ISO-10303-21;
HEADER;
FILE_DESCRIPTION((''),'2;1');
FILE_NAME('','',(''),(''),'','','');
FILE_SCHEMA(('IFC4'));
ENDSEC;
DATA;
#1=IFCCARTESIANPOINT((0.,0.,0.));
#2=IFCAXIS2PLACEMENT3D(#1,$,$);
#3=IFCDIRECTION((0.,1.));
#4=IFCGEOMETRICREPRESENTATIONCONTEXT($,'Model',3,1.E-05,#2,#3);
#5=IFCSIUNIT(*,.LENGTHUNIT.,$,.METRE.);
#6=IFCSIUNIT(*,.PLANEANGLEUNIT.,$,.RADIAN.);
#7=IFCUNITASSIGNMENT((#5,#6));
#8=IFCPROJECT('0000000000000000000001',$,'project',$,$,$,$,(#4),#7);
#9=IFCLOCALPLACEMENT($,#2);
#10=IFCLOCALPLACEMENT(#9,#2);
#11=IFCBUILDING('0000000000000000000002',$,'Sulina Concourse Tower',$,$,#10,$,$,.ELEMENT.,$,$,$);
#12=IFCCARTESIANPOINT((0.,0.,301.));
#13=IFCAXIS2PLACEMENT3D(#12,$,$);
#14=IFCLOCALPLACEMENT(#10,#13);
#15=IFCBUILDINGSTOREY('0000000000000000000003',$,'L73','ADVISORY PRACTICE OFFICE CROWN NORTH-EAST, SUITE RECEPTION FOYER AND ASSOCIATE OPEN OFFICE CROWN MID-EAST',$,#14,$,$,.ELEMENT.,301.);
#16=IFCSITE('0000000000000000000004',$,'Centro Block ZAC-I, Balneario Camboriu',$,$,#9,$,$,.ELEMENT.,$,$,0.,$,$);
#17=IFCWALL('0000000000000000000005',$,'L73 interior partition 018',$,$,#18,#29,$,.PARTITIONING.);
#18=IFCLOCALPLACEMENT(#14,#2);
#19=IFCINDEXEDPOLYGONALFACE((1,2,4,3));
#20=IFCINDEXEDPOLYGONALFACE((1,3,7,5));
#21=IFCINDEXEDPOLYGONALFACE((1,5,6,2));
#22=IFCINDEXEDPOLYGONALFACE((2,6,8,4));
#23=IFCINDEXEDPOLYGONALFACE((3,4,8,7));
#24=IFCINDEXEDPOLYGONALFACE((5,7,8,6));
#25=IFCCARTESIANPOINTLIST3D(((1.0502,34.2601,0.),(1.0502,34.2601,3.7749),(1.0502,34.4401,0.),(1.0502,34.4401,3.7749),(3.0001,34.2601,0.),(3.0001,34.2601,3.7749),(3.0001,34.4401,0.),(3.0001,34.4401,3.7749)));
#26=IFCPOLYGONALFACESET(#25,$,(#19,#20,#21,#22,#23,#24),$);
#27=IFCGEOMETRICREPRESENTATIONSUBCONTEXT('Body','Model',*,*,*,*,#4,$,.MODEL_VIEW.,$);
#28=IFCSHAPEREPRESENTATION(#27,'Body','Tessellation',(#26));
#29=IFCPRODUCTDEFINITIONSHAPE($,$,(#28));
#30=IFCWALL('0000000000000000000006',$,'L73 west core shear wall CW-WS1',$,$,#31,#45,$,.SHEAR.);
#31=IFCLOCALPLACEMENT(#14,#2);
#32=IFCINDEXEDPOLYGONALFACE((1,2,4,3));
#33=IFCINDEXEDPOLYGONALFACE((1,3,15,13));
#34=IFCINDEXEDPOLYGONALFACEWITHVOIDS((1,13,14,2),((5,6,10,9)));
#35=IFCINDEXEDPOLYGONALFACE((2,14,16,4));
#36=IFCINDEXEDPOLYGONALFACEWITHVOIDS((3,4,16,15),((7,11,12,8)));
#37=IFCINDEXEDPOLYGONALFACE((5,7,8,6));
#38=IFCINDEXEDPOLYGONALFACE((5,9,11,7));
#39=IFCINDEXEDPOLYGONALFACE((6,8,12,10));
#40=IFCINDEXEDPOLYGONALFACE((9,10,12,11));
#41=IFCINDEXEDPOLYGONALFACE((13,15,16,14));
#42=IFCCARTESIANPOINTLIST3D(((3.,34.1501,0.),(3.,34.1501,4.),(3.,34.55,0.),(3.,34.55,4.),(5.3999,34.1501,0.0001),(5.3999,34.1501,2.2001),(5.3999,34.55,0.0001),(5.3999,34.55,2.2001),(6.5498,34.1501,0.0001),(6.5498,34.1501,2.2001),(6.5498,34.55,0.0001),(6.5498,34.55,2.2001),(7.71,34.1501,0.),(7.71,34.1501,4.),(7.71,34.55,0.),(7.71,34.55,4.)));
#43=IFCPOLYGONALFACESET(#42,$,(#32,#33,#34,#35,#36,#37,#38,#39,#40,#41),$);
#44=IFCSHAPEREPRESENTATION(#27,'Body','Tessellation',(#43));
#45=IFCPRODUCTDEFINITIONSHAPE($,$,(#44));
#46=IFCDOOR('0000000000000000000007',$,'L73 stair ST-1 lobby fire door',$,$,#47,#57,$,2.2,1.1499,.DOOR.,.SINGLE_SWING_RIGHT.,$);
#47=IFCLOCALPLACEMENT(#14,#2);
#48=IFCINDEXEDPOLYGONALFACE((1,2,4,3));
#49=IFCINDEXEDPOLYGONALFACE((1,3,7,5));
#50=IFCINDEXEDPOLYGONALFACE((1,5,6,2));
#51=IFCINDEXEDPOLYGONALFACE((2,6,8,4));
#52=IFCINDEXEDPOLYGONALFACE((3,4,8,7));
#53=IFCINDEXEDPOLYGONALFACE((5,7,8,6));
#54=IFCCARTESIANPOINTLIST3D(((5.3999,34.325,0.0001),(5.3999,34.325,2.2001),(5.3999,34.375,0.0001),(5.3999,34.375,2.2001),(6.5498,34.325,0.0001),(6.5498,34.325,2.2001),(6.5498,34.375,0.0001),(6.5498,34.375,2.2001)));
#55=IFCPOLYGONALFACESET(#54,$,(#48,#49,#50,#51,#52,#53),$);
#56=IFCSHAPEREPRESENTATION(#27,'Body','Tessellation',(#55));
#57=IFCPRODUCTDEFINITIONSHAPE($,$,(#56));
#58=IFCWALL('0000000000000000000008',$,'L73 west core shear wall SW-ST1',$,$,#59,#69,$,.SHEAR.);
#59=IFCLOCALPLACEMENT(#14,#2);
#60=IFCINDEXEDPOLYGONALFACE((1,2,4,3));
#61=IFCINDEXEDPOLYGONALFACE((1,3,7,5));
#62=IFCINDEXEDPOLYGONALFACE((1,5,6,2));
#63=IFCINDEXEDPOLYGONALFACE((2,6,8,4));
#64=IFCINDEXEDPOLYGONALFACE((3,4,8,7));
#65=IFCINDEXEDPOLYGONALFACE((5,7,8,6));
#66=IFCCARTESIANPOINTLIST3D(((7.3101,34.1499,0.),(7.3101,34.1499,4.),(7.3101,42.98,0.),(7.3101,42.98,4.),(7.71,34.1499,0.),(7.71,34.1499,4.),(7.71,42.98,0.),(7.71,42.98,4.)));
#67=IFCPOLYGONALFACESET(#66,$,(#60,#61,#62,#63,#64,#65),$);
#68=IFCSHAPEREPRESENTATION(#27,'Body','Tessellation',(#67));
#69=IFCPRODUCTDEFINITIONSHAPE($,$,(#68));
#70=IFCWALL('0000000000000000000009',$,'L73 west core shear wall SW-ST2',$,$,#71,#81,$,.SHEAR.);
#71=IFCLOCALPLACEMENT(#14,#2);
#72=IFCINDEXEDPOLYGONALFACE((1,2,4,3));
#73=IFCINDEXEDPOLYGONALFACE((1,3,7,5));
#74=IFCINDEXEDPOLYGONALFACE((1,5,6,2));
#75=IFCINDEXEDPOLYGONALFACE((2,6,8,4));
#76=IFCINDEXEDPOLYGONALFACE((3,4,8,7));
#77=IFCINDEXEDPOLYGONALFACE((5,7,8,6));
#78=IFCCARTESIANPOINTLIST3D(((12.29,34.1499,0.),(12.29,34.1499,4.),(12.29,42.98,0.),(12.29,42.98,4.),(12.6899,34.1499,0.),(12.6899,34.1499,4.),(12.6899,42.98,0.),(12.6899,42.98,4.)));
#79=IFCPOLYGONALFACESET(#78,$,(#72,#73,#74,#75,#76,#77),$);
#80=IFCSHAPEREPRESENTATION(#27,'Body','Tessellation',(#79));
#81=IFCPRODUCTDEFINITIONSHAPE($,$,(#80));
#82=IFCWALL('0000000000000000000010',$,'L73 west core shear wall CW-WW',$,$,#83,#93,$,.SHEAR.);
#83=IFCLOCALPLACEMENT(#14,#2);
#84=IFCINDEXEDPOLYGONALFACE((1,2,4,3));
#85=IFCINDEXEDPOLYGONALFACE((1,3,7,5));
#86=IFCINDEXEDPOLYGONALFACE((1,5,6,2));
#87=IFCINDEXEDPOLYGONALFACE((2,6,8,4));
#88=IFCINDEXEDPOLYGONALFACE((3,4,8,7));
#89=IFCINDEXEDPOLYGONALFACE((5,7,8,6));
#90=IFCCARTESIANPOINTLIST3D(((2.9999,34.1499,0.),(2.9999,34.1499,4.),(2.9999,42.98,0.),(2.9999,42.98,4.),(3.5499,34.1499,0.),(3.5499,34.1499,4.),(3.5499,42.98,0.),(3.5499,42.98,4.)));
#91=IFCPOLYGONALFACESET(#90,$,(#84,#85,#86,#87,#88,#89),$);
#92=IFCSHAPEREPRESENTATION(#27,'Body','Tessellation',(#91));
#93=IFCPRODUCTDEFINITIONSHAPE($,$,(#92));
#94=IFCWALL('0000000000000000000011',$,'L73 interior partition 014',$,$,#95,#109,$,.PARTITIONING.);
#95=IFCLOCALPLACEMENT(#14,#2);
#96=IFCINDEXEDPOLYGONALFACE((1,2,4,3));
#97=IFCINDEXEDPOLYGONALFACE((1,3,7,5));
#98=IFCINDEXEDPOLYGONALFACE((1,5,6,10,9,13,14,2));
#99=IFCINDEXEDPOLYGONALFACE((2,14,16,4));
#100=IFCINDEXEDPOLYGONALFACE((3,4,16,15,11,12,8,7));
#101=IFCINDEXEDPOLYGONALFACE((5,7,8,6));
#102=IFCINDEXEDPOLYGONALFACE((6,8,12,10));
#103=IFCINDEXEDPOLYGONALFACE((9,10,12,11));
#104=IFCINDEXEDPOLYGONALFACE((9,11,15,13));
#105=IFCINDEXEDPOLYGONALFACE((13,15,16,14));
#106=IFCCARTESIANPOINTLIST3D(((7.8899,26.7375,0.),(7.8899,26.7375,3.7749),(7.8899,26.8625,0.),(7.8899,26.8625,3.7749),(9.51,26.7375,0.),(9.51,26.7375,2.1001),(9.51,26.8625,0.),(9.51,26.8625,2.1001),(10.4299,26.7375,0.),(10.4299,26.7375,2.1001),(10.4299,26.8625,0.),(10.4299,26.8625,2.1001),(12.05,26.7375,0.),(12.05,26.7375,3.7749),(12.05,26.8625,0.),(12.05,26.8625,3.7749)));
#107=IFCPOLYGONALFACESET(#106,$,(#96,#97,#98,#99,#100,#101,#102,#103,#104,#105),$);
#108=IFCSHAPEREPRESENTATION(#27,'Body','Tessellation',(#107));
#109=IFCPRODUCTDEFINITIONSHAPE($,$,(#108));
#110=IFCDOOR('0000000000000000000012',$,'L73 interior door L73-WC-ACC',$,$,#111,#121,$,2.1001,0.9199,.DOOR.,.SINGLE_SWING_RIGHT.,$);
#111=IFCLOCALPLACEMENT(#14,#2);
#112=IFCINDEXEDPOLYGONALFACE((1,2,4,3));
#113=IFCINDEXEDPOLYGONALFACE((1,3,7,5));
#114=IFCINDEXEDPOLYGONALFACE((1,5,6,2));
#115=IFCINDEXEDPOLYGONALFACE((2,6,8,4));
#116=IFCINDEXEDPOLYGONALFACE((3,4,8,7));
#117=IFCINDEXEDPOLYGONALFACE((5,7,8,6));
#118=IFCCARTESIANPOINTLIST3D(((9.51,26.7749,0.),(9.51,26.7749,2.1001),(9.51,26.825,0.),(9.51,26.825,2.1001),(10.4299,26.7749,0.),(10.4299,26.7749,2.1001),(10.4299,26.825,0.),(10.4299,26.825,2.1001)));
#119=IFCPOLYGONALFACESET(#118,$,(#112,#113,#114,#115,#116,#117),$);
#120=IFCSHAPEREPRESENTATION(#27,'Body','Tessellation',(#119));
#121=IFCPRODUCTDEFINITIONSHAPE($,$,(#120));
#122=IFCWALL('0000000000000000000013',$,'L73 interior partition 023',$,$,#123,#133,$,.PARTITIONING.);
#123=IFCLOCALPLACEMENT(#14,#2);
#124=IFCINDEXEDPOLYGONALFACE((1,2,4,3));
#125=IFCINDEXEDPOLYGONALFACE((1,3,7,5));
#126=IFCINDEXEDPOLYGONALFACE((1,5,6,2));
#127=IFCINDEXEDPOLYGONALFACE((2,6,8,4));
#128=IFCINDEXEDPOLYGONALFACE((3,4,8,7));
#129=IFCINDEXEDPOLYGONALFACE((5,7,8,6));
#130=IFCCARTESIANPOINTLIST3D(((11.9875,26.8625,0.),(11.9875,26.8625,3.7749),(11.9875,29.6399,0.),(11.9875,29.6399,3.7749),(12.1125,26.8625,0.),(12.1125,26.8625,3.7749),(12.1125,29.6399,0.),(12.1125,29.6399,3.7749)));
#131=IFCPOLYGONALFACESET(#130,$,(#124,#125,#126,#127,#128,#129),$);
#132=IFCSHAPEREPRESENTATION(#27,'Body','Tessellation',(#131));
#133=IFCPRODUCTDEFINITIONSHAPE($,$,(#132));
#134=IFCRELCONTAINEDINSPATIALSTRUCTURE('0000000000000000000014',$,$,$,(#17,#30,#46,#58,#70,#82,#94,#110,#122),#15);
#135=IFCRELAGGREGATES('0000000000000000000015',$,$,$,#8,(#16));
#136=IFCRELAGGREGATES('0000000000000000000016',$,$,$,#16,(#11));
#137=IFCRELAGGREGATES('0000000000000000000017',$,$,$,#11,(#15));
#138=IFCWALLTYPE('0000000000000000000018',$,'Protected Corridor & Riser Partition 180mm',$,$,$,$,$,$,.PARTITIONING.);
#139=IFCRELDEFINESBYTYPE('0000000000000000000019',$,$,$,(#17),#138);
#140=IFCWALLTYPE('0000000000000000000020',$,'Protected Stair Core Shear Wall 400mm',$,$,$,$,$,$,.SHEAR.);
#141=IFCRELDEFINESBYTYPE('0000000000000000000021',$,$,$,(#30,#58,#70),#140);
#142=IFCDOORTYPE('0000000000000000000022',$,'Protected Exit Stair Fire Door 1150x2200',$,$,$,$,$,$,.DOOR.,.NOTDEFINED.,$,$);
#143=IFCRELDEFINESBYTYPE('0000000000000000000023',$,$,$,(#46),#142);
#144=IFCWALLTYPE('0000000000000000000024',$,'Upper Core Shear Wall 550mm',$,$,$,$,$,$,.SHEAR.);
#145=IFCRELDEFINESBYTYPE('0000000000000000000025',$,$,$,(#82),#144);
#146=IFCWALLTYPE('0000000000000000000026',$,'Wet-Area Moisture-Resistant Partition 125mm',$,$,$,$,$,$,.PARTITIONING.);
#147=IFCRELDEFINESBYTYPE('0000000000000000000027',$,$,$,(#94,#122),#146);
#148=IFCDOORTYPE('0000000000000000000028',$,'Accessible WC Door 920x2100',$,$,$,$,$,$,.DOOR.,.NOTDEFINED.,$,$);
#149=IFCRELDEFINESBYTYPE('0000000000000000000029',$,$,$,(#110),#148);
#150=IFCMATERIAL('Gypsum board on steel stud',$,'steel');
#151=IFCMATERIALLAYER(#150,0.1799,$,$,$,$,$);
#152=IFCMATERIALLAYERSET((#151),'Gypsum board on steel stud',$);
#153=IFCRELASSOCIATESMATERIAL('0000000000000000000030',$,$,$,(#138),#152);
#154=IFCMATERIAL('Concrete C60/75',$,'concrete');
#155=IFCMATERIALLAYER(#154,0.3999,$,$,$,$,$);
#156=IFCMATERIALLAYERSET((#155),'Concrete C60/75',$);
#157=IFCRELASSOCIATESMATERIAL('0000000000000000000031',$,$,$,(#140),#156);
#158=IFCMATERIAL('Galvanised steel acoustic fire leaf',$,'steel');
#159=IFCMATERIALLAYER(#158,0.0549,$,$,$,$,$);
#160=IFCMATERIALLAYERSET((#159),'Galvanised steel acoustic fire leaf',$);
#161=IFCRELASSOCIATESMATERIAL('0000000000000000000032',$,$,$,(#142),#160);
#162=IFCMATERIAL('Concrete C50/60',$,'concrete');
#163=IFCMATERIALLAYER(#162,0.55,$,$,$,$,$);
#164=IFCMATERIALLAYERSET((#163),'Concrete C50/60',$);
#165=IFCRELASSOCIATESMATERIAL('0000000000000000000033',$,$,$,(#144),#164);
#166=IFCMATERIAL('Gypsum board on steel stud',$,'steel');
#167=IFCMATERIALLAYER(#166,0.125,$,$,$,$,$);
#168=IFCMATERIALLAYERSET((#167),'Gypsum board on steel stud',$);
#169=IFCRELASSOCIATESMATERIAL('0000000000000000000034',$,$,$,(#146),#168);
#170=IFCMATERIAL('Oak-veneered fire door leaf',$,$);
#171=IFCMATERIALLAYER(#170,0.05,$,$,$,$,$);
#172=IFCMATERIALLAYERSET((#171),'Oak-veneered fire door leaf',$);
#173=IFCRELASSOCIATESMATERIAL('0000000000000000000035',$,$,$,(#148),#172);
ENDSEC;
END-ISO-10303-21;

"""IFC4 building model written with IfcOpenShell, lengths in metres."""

from ifc_helpers import new_model, si_unit, direction, frame, frame_2d, origin, place, context, subcontext, project, spatial, rectangle, extrude, material, layer, layer_set, type_object, element, fill, save


model = new_model("IFC4")

# Units and contexts
model_context = context("Model", 3, precision=1e-05, world=origin(), true_north=direction((0.0, 1.0)))
body_context = subcontext(model_context, "Body", "Model", "MODEL_VIEW")
ifc_project = project(units=[si_unit("LENGTHUNIT", "METRE"), si_unit("PLANEANGLEUNIT", "RADIAN")], contexts=[model_context])

# Site, building, storey
site_placement = place(None, origin())
site = spatial("IfcSite", under=ifc_project, at=site_placement, Name="Centro Block ZAC-I, Balneario Camboriu", CompositionType="ELEMENT", RefElevation=0.0)
building_placement = place(site_placement, origin())
building = spatial("IfcBuilding", under=site, at=building_placement, Name="Sulina Concourse Tower", CompositionType="ELEMENT")
storey_placement = place(building_placement, frame((0.0, 0.0, 301.0)))
storey = spatial("IfcBuildingStorey", under=building, at=storey_placement, Name="L73", Description="ADVISORY PRACTICE OFFICE CROWN NORTH-EAST, SUITE RECEPTION FOYER AND ASSOCIATE OPEN OFFICE CROWN MID-EAST", CompositionType="ELEMENT", Elevation=301.0)

# Wall
ifc_material_1 = material(Name="Gypsum board on steel stud", Category="steel")
ifc_layer_1 = layer(ifc_material_1, 0.1799)
ifc_layer_set_1 = layer_set([ifc_layer_1], Name="Gypsum board on steel stud")
wall_type_1 = type_object("IfcWallType", Name="Protected Corridor & Riser Partition 180mm", PredefinedType="PARTITIONING", material=ifc_layer_set_1)
wall_1_placement = place(storey_placement, frame((1.05, 34.3501, 0.0), z_axis=(0.0, 0.0, 1.0), x_axis=(1.0, 0.0, 0.0)))
element("IfcWall", 1, at=wall_1_placement, inside=storey, type_object=wall_type_1, Name="L73 interior partition 018", PredefinedType="PARTITIONING", context=body_context, shape_type="SweptSolid", body=[
    extrude(rectangle(XDim=1.95, YDim=0.1799, at=frame_2d((0.9751, 0.0))), origin(), (0.0, 0.0, 1.0), 3.7749),
])

# Wall, opening, door
ifc_material_2 = material(Name="Concrete C60/75", Category="concrete")
ifc_layer_2 = layer(ifc_material_2, 0.3999)
ifc_layer_set_2 = layer_set([ifc_layer_2], Name="Concrete C60/75")
wall_type_2 = type_object("IfcWallType", Name="Protected Stair Core Shear Wall 400mm", PredefinedType="SHEAR", material=ifc_layer_set_2)
wall_2_placement = place(storey_placement, frame((3.0, 34.3501, 0.0), z_axis=(0.0, 0.0, 1.0), x_axis=(1.0, 0.0, 0.0)))
wall_2 = element("IfcWall", 2, at=wall_2_placement, inside=storey, type_object=wall_type_2, Name="L73 west core shear wall CW-WS1", PredefinedType="SHEAR", context=body_context, shape_type="SweptSolid", body=[
    extrude(rectangle(XDim=4.71, YDim=0.3999, at=frame_2d((2.355, 0.0))), origin(), (0.0, 0.0, 1.0), 4.0),
])
opening_1_placement = place(wall_2_placement, frame((2.3999, 0.0, 0.0)))
opening_1 = element("IfcOpeningElement", 3, at=opening_1_placement, cuts=wall_2, PredefinedType="OPENING", context=body_context, shape_type="SweptSolid", body=[
    extrude(rectangle(XDim=1.1499, YDim=2.2, at=frame_2d((0.575, 1.1001))), frame((0.0, 0.21, 0.0), z_axis=(0.0, -1.0, 0.0), x_axis=(1.0, 0.0, 0.0)), (0.0, 0.0, 1.0), 0.4199),
])
ifc_material_3 = material(Name="Galvanised steel acoustic fire leaf", Category="steel")
ifc_layer_3 = layer(ifc_material_3, 0.0549)
ifc_layer_set_3 = layer_set([ifc_layer_3], Name="Galvanised steel acoustic fire leaf")
door_type_1 = type_object("IfcDoorType", Name="Protected Exit Stair Fire Door 1150x2200", OperationType="NOTDEFINED", PredefinedType="DOOR", material=ifc_layer_set_3)
door_1_placement = place(opening_1_placement, origin())
door_1 = element("IfcDoor", 4, at=door_1_placement, inside=storey, type_object=door_type_1, Name="L73 stair ST-1 lobby fire door", OperationType="SINGLE_SWING_RIGHT", OverallHeight=2.2, OverallWidth=1.1499, PredefinedType="DOOR", context=body_context, shape_type="SweptSolid", body=[
    extrude(rectangle(XDim=1.1499, YDim=2.2, at=frame_2d((0.575, 1.1001))), frame((0.0, 0.0249, 0.0), z_axis=(0.0, -1.0, 0.0), x_axis=(1.0, 0.0, 0.0)), (0.0, 0.0, 1.0), 0.05),
])
fill(opening_1, door_1)

# Walls
for number, where, z_axis, x_axis, name in (
    (5, (7.51, 34.1499, 0.0), (0.0, 0.0, 1.0), (0.0, 1.0, 0.0), "L73 west core shear wall SW-ST1"),
    (6, (12.49, 34.1499, 0.0), (0.0, 0.0, 1.0), (0.0, 1.0, 0.0), "L73 west core shear wall SW-ST2"),
):
    element("IfcWall", number, at=place(storey_placement, frame(where, z_axis=z_axis, x_axis=x_axis)), inside=storey, type_object=wall_type_2, Name=name, PredefinedType="SHEAR", context=body_context, shape_type="SweptSolid", body=[
        extrude(rectangle(XDim=8.8301, YDim=0.3999, at=frame_2d((4.415, 0.0))), origin(), (0.0, 0.0, 1.0), 4.0),
    ])
ifc_material_4 = material(Name="Concrete C50/60", Category="concrete")
ifc_layer_4 = layer(ifc_material_4, 0.55)
ifc_layer_set_4 = layer_set([ifc_layer_4], Name="Concrete C50/60")
wall_type_3 = type_object("IfcWallType", Name="Upper Core Shear Wall 550mm", PredefinedType="SHEAR", material=ifc_layer_set_4)
wall_3_placement = place(storey_placement, frame((3.2749, 34.1499, 0.0), z_axis=(0.0, 0.0, 1.0), x_axis=(0.0, 1.0, 0.0)))
element("IfcWall", 7, at=wall_3_placement, inside=storey, type_object=wall_type_3, Name="L73 west core shear wall CW-WW", PredefinedType="SHEAR", context=body_context, shape_type="SweptSolid", body=[
    extrude(rectangle(XDim=8.8301, YDim=0.55, at=frame_2d((4.415, 0.0))), origin(), (0.0, 0.0, 1.0), 4.0),
])

# Wall, opening, door
ifc_material_5 = material(Name="Gypsum board on steel stud", Category="steel")
ifc_layer_5 = layer(ifc_material_5, 0.125)
ifc_layer_set_5 = layer_set([ifc_layer_5], Name="Gypsum board on steel stud")
wall_type_4 = type_object("IfcWallType", Name="Wet-Area Moisture-Resistant Partition 125mm", PredefinedType="PARTITIONING", material=ifc_layer_set_5)
wall_4_placement = place(storey_placement, frame((7.8899, 26.8, 0.0), z_axis=(0.0, 0.0, 1.0), x_axis=(1.0, 0.0, 0.0)))
wall_4 = element("IfcWall", 8, at=wall_4_placement, inside=storey, type_object=wall_type_4, Name="L73 interior partition 014", PredefinedType="PARTITIONING", context=body_context, shape_type="SweptSolid", body=[
    extrude(rectangle(XDim=4.1602, YDim=0.125, at=frame_2d((2.0801, 0.0))), origin(), (0.0, 0.0, 1.0), 3.7749),
])
opening_2_placement = place(wall_4_placement, frame((1.6201, 0.0, 0.0)))
opening_2 = element("IfcOpeningElement", 9, at=opening_2_placement, cuts=wall_4, PredefinedType="OPENING", context=body_context, shape_type="SweptSolid", body=[
    extrude(rectangle(XDim=0.9199, YDim=2.1001, at=frame_2d((0.46, 1.05))), frame((0.0, 0.0725, 0.0), z_axis=(0.0, -1.0, 0.0), x_axis=(1.0, 0.0, 0.0)), (0.0, 0.0, 1.0), 0.145),
])
ifc_material_6 = material(Name="Oak-veneered fire door leaf")
ifc_layer_6 = layer(ifc_material_6, 0.05)
ifc_layer_set_6 = layer_set([ifc_layer_6], Name="Oak-veneered fire door leaf")
door_type_2 = type_object("IfcDoorType", Name="Accessible WC Door 920x2100", OperationType="NOTDEFINED", PredefinedType="DOOR", material=ifc_layer_set_6)
door_2_placement = place(opening_2_placement, origin())
door_2 = element("IfcDoor", 10, at=door_2_placement, inside=storey, type_object=door_type_2, Name="L73 interior door L73-WC-ACC", OperationType="SINGLE_SWING_RIGHT", OverallHeight=2.1001, OverallWidth=0.9199, PredefinedType="DOOR", context=body_context, shape_type="SweptSolid", body=[
    extrude(rectangle(XDim=0.9199, YDim=2.1001, at=frame_2d((0.46, 1.05))), frame((0.0, 0.0249, 0.0), z_axis=(0.0, -1.0, 0.0), x_axis=(1.0, 0.0, 0.0)), (0.0, 0.0, 1.0), 0.05),
])
fill(opening_2, door_2)

# Wall
wall_5_placement = place(storey_placement, frame((12.05, 26.8625, 0.0), z_axis=(0.0, 0.0, 1.0), x_axis=(0.0, 1.0, 0.0)))
element("IfcWall", 11, at=wall_5_placement, inside=storey, type_object=wall_type_4, Name="L73 interior partition 023", PredefinedType="PARTITIONING", context=body_context, shape_type="SweptSolid", body=[
    extrude(rectangle(XDim=2.7773, YDim=0.125, at=frame_2d((1.3887, 0.0))), origin(), (0.0, 0.0, 1.0), 3.7749),
])

save(model, "model.ifc")
